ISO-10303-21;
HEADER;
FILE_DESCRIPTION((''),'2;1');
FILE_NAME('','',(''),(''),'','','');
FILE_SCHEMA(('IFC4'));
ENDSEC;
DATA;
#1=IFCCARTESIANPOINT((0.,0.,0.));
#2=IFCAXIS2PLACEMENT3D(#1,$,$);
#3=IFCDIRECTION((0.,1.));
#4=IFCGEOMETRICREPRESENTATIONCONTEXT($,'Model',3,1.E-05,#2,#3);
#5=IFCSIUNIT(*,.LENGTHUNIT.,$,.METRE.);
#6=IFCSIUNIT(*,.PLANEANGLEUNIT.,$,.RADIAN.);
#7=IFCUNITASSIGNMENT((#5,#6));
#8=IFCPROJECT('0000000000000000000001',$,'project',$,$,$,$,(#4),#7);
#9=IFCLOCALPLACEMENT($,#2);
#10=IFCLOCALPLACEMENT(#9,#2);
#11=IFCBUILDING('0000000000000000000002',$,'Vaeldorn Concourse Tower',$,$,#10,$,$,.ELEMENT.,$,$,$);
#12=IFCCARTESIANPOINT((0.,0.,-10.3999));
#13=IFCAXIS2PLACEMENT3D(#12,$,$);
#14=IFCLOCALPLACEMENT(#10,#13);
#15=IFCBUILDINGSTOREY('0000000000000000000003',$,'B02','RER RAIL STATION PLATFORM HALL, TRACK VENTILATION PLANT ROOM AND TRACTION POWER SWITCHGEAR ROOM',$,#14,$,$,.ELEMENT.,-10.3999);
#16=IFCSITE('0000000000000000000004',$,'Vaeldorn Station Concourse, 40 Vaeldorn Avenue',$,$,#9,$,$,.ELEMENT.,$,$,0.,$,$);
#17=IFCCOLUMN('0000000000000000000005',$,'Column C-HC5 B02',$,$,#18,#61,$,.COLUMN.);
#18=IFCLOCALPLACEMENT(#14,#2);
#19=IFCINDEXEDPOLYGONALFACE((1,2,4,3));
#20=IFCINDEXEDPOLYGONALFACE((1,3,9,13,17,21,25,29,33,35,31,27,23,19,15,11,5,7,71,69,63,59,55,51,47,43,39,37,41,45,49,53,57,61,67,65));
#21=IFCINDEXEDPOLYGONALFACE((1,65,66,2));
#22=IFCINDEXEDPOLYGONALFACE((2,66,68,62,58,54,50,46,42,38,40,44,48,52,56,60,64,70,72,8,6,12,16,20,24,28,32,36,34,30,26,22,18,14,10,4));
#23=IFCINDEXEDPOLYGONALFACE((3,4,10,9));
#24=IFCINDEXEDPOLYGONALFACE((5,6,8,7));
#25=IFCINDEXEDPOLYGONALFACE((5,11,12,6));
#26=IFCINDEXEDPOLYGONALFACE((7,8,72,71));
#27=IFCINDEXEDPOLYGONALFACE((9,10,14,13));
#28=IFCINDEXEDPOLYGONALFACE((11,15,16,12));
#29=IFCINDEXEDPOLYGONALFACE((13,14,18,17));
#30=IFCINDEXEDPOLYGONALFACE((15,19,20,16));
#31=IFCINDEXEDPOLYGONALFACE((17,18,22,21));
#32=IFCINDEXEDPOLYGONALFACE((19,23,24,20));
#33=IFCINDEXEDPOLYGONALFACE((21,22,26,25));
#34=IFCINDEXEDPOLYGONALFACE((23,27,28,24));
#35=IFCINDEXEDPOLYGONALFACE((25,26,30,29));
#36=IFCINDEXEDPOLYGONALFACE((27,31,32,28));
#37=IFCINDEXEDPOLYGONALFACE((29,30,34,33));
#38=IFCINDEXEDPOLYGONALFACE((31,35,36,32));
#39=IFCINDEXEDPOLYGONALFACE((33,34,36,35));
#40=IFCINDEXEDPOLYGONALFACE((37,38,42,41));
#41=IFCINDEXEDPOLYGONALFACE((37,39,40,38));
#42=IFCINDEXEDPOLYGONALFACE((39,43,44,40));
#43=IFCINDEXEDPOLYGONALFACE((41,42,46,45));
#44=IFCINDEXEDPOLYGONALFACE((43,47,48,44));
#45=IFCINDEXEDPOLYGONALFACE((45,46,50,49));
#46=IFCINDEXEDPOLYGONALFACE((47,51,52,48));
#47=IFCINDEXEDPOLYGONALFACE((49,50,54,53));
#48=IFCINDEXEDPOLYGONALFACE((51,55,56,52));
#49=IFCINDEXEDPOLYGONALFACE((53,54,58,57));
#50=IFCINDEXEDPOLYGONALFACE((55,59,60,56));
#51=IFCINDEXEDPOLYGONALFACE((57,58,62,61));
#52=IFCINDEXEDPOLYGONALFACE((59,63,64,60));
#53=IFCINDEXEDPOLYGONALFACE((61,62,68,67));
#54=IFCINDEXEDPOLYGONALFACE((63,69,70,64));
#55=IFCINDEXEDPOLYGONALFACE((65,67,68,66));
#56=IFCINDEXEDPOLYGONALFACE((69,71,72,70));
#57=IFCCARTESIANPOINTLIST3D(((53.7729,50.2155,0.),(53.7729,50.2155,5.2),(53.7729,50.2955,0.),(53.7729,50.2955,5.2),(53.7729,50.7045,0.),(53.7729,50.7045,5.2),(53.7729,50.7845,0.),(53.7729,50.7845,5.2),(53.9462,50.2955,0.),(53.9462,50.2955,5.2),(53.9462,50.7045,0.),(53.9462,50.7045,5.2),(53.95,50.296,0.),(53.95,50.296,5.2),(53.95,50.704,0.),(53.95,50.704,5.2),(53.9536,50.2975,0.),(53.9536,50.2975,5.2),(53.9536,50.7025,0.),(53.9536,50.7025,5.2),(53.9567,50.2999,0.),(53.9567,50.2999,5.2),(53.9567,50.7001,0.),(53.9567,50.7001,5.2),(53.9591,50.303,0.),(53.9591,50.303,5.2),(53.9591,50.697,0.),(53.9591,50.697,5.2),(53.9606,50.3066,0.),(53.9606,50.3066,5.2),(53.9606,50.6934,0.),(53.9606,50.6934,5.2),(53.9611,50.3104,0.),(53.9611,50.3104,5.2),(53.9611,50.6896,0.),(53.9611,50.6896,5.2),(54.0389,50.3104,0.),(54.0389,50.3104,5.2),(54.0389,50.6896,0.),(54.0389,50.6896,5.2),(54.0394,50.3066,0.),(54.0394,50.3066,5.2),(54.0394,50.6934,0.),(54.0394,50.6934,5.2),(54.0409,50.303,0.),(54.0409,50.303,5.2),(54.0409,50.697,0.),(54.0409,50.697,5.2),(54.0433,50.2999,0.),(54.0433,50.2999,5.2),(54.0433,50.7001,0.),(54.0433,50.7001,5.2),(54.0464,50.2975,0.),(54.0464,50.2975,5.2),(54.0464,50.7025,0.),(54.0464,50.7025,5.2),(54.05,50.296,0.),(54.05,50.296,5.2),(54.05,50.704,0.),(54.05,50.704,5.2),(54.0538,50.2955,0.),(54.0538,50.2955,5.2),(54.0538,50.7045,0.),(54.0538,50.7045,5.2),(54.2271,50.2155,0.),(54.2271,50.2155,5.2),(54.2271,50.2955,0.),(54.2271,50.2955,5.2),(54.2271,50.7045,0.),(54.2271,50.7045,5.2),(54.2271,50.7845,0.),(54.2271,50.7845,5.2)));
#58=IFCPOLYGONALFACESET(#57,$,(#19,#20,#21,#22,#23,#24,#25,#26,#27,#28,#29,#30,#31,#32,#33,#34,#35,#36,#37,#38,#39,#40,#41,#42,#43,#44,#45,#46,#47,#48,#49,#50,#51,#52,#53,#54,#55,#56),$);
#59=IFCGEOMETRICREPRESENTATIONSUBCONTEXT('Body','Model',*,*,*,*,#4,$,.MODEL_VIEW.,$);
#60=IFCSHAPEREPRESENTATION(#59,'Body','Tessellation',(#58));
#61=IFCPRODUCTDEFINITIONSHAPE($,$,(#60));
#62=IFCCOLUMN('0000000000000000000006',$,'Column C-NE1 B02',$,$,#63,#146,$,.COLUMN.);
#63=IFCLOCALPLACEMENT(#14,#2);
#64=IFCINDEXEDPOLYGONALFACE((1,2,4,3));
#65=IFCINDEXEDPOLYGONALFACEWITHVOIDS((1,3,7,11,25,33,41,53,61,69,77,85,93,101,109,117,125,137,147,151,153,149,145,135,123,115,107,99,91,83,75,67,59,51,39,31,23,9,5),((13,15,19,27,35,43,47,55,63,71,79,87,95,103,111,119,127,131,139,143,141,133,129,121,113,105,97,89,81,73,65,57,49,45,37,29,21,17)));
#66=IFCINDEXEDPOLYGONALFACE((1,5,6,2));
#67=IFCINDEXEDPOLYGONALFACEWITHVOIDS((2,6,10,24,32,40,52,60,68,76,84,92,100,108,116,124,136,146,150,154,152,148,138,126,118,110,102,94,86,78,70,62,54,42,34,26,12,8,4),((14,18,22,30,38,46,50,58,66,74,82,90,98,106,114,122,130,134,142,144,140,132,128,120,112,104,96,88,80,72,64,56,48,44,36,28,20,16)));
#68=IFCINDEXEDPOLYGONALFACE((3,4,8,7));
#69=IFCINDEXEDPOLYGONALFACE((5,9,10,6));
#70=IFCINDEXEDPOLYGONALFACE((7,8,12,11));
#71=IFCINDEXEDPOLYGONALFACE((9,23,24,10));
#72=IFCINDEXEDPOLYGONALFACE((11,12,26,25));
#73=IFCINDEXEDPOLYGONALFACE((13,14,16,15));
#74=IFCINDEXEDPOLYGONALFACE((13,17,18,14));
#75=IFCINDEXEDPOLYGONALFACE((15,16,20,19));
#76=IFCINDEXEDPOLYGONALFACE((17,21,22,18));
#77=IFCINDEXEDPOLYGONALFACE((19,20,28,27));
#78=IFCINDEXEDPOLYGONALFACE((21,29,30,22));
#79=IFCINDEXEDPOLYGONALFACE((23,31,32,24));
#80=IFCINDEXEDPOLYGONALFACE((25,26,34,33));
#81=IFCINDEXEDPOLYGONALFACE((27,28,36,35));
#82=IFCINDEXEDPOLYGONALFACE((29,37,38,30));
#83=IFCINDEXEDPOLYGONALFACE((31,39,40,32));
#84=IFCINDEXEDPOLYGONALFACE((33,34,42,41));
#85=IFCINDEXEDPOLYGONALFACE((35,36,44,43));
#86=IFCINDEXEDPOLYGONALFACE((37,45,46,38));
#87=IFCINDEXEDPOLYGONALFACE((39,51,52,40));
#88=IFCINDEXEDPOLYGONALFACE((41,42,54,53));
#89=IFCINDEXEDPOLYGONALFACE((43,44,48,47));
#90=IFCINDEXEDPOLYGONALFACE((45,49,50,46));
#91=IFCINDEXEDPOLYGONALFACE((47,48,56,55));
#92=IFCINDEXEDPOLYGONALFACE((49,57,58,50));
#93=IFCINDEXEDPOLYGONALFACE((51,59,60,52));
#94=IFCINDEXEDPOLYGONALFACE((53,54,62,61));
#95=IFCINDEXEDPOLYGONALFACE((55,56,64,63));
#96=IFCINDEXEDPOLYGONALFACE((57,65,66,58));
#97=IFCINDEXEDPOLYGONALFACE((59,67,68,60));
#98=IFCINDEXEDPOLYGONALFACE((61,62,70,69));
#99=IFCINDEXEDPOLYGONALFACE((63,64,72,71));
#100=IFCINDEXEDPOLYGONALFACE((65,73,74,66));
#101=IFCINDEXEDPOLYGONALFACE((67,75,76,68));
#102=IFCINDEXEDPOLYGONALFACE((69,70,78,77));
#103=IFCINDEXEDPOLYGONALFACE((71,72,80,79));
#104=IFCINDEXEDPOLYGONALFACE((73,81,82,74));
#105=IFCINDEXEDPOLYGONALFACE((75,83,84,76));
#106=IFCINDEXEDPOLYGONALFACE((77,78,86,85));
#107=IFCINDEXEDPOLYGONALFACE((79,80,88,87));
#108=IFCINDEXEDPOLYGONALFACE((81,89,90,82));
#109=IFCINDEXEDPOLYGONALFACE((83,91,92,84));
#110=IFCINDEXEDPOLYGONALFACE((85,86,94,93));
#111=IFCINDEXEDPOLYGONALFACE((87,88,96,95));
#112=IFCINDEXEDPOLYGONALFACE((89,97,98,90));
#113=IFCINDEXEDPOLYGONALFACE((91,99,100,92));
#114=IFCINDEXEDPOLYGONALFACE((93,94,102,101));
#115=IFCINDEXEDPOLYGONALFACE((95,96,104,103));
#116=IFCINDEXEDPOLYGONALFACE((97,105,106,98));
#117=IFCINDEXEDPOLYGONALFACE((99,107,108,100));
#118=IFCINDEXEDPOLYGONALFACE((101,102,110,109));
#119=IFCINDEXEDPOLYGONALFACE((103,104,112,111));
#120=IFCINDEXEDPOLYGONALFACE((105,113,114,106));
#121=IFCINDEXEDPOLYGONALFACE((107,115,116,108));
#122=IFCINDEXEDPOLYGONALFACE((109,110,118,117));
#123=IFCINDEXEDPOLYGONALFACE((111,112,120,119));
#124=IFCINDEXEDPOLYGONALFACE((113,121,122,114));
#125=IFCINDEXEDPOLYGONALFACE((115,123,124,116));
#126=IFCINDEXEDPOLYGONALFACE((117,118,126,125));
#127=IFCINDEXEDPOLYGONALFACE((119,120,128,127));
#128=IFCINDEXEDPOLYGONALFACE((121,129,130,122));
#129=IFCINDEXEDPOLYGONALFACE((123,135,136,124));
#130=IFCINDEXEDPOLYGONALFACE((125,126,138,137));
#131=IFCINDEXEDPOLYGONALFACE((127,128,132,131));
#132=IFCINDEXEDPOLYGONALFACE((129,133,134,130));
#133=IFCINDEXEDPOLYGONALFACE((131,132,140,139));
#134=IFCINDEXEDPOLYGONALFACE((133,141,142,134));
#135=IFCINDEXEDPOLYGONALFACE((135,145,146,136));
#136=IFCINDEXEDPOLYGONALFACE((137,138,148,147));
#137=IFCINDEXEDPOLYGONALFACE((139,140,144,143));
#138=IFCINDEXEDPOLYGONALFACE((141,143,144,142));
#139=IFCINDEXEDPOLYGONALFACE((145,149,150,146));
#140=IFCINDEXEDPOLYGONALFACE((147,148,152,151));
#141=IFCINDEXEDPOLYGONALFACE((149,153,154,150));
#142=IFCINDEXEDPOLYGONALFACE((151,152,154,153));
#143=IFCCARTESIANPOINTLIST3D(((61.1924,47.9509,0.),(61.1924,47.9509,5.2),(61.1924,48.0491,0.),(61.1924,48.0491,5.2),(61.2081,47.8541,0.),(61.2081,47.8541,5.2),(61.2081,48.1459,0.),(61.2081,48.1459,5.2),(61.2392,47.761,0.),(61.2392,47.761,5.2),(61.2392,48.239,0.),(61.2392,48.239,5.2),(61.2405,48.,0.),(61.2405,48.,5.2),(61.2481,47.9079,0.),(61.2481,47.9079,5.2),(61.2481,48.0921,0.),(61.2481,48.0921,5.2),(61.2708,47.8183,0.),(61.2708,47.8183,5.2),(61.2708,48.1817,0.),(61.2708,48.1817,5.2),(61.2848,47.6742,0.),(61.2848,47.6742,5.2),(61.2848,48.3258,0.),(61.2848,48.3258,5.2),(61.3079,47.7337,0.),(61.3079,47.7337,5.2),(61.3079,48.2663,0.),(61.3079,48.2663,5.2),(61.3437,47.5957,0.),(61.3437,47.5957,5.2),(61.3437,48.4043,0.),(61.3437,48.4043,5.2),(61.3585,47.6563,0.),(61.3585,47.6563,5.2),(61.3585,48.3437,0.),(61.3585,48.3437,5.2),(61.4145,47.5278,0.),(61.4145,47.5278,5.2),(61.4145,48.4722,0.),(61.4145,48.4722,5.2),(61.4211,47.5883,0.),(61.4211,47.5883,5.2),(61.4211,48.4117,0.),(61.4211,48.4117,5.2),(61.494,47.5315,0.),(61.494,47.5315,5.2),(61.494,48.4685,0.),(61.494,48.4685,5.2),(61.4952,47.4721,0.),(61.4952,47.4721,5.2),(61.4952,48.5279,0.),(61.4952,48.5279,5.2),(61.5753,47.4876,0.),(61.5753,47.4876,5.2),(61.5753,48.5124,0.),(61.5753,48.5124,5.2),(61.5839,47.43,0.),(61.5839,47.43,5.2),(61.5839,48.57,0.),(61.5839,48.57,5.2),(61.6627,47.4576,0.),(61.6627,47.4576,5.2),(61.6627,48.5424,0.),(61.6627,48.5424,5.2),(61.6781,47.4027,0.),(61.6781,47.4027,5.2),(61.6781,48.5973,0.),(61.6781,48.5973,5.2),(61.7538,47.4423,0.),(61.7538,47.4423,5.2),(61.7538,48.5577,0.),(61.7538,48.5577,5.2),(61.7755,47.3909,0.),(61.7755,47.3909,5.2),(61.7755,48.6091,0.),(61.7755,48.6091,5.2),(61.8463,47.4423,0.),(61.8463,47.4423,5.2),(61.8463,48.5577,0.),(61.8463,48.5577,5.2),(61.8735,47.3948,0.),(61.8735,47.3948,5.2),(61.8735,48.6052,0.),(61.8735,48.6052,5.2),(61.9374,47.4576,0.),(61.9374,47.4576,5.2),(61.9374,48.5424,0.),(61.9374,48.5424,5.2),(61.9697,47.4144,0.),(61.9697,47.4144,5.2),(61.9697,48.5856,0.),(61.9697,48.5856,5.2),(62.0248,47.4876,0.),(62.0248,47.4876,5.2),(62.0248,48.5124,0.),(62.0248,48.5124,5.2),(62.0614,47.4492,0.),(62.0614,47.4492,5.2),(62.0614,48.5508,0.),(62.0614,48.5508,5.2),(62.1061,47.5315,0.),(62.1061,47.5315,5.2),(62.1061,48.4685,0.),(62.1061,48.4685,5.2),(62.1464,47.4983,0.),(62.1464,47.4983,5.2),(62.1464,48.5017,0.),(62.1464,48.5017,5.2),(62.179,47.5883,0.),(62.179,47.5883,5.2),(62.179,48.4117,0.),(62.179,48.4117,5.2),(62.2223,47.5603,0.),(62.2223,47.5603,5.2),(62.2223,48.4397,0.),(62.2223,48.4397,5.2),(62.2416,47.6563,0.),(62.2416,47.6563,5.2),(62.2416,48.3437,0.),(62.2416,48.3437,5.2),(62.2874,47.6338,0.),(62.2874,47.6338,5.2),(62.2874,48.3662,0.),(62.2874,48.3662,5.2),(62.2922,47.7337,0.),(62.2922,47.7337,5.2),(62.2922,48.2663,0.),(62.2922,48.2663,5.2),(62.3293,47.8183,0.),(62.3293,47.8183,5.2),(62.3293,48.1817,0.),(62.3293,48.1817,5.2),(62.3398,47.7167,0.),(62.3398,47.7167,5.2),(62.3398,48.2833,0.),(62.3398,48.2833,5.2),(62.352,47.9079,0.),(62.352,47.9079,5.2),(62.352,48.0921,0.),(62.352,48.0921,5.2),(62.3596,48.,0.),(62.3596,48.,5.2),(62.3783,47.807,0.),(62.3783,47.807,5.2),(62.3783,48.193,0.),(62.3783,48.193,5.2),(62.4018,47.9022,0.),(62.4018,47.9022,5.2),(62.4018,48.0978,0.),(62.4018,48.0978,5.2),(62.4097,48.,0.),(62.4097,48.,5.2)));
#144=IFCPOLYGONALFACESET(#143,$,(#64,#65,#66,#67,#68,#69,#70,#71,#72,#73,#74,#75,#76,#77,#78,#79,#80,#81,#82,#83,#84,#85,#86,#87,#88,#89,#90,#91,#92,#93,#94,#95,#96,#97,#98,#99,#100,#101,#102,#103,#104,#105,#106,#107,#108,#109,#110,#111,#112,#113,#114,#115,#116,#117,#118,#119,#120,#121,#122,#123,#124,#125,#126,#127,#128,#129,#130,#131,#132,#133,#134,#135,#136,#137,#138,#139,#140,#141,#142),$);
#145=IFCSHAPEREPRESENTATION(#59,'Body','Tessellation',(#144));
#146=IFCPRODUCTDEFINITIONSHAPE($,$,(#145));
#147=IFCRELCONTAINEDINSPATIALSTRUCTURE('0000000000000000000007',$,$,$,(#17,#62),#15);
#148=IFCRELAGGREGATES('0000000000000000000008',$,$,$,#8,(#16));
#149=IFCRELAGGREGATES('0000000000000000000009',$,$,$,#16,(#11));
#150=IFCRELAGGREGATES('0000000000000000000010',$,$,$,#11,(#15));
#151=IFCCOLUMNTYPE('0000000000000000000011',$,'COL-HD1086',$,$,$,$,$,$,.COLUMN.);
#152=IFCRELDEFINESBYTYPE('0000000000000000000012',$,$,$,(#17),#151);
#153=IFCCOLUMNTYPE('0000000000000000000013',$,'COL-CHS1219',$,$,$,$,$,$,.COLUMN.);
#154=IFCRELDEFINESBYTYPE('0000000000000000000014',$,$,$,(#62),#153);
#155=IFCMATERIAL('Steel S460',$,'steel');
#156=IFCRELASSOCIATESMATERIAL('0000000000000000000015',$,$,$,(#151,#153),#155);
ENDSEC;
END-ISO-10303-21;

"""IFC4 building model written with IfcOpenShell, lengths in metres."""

from ifc_helpers import new_model, si_unit, direction, frame, origin, origin_2d, place, context, subcontext, project, spatial, hollow_circle, i_section, extrude, source, transform, mapped, material, material_profile, profile_set, type_object, element, save


model = new_model("IFC4")

# Units and contexts
model_context = context("Model", 3, precision=1e-05, world=origin(), true_north=direction((0.0, 1.0)))
body_context = subcontext(model_context, "Body", "Model", "MODEL_VIEW")
ifc_project = project(units=[si_unit("LENGTHUNIT", "METRE"), si_unit("PLANEANGLEUNIT", "RADIAN")], contexts=[model_context])

# Site, building, storey
site_placement = place(None, origin())
site = spatial("IfcSite", under=ifc_project, at=site_placement, Name="Vaeldorn Station Concourse, 40 Vaeldorn Avenue", CompositionType="ELEMENT", RefElevation=0.0)
building_placement = place(site_placement, origin())
building = spatial("IfcBuilding", under=site, at=building_placement, Name="Vaeldorn Concourse Tower", CompositionType="ELEMENT")
storey_placement = place(building_placement, frame((0.0, 0.0, -10.3999)))
storey = spatial("IfcBuildingStorey", under=building, at=storey_placement, Name="B02", Description="RER RAIL STATION PLATFORM HALL, TRACK VENTILATION PLANT ROOM AND TRACTION POWER SWITCHGEAR ROOM", CompositionType="ELEMENT", Elevation=-10.3999)

# Columns
ifc_material_1 = material(Name="Steel S460", Category="steel")
ifc_material_profile_1 = material_profile(ifc_material_1, i_section(OverallWidth=0.4541, OverallDepth=0.5691, WebThickness=0.0779, FlangeThickness=0.0801, FilletRadius=0.0149, at=origin_2d()), Name="HD 400x1086")
ifc_profile_set_1 = profile_set([ifc_material_profile_1], Name="Steel S460")
column_type_1 = type_object("IfcColumnType", Name="COL-HD1086", PredefinedType="COLUMN", material=ifc_profile_set_1)
shared_shape_1 = source(origin(), body_context, "Body", "SweptSolid", [
    extrude(i_section(OverallWidth=0.4541, OverallDepth=0.5691, WebThickness=0.0779, FlangeThickness=0.0801, FilletRadius=0.0149, at=origin_2d()), origin(), (0.0, 0.0, 1.0), 5.2),
])
column_1_placement = place(storey_placement, frame((54.0, 50.5, 0.0), z_axis=(0.0, 0.0, 1.0), x_axis=(1.0, 0.0, 0.0)))
element("IfcColumn", 1, at=column_1_placement, inside=storey, type_object=column_type_1, Name="Column C-HC5 B02", PredefinedType="COLUMN", context=body_context, shape_type="MappedRepresentation", body=[
    mapped(shared_shape_1, transform((0.0, 0.0, 0.0), scale=1.0)),
])
ifc_material_profile_2 = material_profile(ifc_material_1, hollow_circle(Radius=0.6096, WallThickness=0.05, at=origin_2d()), Name="CHS 1219x50")
ifc_profile_set_2 = profile_set([ifc_material_profile_2], Name="Steel S460")
column_type_2 = type_object("IfcColumnType", Name="COL-CHS1219", PredefinedType="COLUMN", material=ifc_profile_set_2)
shared_shape_2 = source(origin(), body_context, "Body", "SweptSolid", [
    extrude(hollow_circle(Radius=0.6096, WallThickness=0.05, at=origin_2d()), origin(), (0.0, 0.0, 1.0), 5.2),
])
for number, where, z_axis, x_axis, name in (
    (2, (61.8, 48.0, 0.0), (0.0, 0.0, 1.0), (1.0, 0.0, 0.0), "Column C-NE1 B02"),
):
    element("IfcColumn", number, at=place(storey_placement, frame(where, z_axis=z_axis, x_axis=x_axis)), inside=storey, type_object=column_type_2, Name=name, PredefinedType="COLUMN", context=body_context, shape_type="MappedRepresentation", body=[
        mapped(shared_shape_2, transform((0.0, 0.0, 0.0), scale=1.0)),
    ])

save(model, "model.ifc")
